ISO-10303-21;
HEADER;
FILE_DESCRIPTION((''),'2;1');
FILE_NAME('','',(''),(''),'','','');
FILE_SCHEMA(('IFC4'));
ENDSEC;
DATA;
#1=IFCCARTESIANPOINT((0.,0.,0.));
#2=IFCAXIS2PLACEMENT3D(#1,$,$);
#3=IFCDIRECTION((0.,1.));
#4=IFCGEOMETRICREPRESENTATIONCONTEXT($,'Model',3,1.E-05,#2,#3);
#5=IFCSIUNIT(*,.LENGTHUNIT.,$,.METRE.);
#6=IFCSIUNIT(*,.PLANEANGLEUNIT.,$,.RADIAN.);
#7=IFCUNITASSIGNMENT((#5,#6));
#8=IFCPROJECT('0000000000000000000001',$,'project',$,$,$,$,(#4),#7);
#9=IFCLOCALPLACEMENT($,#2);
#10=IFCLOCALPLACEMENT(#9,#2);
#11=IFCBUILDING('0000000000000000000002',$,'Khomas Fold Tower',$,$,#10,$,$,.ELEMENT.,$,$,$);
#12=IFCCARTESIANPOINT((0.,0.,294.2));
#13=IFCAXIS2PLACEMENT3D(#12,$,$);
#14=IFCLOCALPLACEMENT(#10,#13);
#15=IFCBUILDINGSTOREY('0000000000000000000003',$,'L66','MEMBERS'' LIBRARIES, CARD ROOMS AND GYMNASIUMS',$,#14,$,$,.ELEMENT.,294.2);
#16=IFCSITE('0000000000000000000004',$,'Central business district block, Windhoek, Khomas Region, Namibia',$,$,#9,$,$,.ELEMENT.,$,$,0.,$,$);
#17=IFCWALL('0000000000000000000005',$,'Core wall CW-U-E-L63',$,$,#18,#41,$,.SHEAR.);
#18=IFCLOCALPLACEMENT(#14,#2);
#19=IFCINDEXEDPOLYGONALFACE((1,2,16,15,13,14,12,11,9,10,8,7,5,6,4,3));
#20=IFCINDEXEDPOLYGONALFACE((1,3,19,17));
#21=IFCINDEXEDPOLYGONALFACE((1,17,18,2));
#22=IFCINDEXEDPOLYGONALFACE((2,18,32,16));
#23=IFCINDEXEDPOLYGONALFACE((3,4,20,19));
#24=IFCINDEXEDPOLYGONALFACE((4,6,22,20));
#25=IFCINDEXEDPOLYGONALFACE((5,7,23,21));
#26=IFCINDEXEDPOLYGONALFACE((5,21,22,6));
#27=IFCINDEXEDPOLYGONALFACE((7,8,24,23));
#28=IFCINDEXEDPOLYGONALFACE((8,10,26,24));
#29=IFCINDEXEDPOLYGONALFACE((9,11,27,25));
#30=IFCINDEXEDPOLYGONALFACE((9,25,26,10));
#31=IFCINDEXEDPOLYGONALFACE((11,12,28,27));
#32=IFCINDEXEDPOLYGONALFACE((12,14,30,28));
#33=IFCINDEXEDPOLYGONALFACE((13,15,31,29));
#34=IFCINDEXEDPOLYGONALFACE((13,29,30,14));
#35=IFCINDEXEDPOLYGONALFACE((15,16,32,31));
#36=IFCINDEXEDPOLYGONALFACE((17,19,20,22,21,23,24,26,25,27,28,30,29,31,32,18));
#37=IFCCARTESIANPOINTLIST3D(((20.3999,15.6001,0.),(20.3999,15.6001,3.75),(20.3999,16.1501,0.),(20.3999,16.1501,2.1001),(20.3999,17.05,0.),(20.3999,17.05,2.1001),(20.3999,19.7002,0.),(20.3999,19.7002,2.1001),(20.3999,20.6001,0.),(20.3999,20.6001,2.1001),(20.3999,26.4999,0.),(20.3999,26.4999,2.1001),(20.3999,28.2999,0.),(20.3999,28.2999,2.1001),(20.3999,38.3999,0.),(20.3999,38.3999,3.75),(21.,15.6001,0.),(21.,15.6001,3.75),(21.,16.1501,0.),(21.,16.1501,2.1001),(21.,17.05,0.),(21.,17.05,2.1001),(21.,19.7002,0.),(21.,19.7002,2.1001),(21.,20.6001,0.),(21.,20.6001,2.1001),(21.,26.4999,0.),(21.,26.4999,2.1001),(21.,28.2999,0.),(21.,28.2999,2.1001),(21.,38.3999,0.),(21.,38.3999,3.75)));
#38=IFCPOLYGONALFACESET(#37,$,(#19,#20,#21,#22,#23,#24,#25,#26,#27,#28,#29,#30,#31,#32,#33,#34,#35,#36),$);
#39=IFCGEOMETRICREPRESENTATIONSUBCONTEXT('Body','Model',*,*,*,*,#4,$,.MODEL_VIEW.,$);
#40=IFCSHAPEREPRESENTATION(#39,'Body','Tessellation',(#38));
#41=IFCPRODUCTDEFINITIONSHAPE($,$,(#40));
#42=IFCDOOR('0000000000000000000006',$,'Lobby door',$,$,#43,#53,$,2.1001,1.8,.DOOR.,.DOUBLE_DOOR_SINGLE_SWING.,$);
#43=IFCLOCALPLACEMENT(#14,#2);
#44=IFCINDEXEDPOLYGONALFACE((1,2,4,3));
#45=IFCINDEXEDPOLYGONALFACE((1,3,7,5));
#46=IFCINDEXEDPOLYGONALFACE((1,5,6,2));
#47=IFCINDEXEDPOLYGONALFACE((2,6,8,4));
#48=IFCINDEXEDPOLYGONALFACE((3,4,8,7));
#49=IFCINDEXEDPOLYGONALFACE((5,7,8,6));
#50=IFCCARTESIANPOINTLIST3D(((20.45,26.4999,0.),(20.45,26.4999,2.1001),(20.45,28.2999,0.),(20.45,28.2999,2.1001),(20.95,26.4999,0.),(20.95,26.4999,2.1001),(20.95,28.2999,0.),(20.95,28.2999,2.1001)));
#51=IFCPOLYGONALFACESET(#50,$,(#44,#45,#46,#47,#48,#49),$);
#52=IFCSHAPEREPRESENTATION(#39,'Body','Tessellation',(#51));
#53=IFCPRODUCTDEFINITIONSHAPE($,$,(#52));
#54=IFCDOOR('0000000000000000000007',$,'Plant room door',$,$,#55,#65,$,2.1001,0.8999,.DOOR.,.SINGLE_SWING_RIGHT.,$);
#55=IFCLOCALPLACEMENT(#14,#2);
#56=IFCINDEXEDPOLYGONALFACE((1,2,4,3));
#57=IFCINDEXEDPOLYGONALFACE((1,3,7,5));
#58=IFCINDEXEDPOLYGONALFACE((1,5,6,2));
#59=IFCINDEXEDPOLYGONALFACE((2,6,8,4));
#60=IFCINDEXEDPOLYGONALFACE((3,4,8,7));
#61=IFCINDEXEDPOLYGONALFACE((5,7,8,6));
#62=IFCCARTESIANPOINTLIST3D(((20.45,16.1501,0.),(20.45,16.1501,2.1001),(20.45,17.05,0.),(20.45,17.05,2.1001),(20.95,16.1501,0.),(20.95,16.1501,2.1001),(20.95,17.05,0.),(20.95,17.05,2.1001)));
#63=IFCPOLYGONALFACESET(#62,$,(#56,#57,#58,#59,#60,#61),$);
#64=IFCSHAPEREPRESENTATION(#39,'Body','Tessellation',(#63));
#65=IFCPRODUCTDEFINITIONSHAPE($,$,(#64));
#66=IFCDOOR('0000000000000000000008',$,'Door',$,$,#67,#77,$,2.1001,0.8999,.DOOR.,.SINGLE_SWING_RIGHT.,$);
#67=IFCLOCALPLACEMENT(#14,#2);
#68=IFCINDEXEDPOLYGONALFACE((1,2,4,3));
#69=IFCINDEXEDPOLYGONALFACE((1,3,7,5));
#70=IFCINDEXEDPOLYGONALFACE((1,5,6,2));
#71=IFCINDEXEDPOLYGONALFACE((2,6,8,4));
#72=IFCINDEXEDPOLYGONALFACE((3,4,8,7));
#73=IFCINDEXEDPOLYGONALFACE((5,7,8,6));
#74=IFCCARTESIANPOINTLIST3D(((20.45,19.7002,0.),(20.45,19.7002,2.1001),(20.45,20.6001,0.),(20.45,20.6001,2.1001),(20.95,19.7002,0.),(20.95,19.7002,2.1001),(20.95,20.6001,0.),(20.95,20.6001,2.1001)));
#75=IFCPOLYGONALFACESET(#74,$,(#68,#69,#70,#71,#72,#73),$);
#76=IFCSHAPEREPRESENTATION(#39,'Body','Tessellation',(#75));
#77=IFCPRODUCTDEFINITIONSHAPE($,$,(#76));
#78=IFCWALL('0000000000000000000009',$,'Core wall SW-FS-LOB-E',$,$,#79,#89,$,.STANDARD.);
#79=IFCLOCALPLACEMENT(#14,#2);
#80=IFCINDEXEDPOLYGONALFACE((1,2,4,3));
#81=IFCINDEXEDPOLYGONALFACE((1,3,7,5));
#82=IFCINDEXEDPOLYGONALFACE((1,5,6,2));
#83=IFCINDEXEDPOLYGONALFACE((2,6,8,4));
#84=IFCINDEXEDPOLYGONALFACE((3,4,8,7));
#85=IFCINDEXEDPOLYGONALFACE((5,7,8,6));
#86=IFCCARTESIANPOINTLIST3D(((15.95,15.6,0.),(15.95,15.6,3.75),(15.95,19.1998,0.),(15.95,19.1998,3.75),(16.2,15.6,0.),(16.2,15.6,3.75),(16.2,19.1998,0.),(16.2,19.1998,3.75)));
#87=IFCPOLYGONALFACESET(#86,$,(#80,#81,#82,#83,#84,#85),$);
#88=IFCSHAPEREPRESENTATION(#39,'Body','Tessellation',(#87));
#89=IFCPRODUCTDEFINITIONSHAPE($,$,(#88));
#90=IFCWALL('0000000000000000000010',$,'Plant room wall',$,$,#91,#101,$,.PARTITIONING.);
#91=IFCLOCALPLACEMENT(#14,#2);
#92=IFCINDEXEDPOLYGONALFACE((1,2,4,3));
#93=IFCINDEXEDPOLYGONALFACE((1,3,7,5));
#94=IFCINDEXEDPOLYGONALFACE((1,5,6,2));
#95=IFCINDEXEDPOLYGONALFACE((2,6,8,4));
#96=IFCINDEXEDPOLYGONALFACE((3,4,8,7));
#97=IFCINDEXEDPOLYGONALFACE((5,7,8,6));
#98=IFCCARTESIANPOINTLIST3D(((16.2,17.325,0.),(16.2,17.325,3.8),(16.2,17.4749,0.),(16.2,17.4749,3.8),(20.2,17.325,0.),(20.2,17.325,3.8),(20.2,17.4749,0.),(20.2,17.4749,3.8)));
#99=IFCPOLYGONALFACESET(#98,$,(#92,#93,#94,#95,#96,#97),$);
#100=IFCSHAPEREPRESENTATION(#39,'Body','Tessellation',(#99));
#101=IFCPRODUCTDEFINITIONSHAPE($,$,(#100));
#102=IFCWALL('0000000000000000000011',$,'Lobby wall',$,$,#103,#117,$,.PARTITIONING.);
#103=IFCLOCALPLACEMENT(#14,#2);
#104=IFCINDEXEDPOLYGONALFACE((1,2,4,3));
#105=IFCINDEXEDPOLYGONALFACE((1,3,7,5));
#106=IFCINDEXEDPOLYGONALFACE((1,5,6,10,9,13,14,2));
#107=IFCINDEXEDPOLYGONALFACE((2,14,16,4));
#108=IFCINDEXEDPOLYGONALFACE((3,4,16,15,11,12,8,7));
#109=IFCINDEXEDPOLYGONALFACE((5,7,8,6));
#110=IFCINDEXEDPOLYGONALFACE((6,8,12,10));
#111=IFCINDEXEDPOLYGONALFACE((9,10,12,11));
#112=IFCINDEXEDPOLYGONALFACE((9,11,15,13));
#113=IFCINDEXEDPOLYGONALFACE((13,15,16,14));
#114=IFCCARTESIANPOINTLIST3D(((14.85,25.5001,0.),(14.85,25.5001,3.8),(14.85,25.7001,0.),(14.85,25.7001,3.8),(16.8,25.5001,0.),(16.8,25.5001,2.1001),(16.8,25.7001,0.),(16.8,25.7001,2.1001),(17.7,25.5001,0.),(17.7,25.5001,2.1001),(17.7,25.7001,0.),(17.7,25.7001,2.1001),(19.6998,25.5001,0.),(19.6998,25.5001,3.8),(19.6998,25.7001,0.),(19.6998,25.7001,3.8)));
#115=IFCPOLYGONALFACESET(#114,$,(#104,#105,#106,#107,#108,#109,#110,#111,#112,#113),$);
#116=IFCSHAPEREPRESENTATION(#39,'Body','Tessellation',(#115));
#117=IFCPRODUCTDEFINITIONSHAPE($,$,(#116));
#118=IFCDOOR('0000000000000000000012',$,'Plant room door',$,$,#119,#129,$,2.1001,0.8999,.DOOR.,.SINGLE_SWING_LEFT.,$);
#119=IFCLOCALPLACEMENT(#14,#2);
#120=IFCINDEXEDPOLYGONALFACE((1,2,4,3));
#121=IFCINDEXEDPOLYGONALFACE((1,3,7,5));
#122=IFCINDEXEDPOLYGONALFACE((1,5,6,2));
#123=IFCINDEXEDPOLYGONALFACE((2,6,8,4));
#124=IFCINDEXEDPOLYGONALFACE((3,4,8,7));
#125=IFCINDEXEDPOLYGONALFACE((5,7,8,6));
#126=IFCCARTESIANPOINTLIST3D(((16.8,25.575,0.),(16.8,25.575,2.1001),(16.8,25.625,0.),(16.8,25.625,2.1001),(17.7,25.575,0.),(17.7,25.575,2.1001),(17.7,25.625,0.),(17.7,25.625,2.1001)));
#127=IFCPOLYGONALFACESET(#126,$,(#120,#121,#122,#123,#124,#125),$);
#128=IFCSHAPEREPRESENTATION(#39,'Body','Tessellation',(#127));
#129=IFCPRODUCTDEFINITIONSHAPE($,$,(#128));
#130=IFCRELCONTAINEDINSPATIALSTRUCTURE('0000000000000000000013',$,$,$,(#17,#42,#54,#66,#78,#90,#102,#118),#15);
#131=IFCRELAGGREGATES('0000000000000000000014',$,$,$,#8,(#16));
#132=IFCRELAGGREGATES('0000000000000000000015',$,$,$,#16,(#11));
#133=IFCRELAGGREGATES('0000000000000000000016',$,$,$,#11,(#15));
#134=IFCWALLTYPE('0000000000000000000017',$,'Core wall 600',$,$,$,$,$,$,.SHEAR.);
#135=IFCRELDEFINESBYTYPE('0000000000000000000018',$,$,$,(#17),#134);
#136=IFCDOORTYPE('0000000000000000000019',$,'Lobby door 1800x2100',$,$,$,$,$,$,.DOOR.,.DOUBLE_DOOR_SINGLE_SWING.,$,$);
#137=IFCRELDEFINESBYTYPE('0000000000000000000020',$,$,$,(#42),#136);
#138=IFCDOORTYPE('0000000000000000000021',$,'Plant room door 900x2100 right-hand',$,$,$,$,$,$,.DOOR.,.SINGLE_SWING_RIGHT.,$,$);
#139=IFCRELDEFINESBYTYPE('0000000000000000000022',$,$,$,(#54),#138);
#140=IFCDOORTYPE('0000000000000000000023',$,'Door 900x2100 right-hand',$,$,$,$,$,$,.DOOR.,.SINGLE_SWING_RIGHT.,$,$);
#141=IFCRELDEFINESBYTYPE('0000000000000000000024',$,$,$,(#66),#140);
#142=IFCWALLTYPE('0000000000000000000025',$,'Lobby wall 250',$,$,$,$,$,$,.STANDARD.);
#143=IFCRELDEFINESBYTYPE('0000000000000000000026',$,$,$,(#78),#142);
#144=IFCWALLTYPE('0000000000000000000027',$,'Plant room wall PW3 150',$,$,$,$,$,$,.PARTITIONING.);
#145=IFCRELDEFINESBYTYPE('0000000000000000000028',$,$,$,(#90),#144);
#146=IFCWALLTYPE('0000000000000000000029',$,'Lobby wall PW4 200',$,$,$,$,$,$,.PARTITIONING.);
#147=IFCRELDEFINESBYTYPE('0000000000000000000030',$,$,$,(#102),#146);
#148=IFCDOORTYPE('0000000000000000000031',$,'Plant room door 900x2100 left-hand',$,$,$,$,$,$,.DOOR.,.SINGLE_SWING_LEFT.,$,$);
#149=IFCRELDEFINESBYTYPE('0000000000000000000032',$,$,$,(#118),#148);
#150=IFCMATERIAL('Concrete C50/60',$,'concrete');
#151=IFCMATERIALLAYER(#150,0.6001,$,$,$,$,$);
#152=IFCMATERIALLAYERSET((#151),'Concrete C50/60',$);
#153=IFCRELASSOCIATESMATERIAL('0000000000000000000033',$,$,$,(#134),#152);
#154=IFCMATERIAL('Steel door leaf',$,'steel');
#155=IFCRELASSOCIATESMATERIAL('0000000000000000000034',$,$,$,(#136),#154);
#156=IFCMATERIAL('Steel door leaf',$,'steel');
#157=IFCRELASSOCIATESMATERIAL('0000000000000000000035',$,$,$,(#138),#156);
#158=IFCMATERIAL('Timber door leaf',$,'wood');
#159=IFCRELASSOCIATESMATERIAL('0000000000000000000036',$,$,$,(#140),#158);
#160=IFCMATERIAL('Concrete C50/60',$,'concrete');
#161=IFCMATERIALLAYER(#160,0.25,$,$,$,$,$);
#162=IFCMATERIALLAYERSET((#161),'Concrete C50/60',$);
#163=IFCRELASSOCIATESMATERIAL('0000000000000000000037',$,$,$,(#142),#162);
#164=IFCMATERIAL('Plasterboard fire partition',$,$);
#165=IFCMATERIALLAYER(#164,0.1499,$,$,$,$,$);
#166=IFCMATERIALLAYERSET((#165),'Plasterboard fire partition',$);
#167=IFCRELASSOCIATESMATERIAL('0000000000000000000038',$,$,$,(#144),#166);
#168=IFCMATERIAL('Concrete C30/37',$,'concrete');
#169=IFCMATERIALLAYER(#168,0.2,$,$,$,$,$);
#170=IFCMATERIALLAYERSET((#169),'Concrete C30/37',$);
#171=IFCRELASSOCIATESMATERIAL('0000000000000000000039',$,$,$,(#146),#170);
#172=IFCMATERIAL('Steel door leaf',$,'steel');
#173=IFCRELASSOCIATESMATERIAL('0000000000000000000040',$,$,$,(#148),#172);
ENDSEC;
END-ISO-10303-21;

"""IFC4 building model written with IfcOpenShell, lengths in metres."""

from ifc_helpers import new_model, si_unit, direction, frame, frame_2d, origin, place, context, subcontext, project, spatial, rectangle, extrude, source, transform, mapped, material, layer, layer_set, type_object, element, fill, save


model = new_model("IFC4")

# Units and contexts
model_context = context("Model", 3, precision=1e-05, world=origin(), true_north=direction((0.0, 1.0)))
body_context = subcontext(model_context, "Body", "Model", "MODEL_VIEW")
ifc_project = project(units=[si_unit("LENGTHUNIT", "METRE"), si_unit("PLANEANGLEUNIT", "RADIAN")], contexts=[model_context])

# Site, building, storey
site_placement = place(None, origin())
site = spatial("IfcSite", under=ifc_project, at=site_placement, Name="Central business district block, Windhoek, Khomas Region, Namibia", CompositionType="ELEMENT", RefElevation=0.0)
building_placement = place(site_placement, origin())
building = spatial("IfcBuilding", under=site, at=building_placement, Name="Khomas Fold Tower", CompositionType="ELEMENT")
storey_placement = place(building_placement, frame((0.0, 0.0, 294.2)))
storey = spatial("IfcBuildingStorey", under=building, at=storey_placement, Name="L66", Description="MEMBERS' LIBRARIES, CARD ROOMS AND GYMNASIUMS", CompositionType="ELEMENT", Elevation=294.2)

# Wall, openings, doors
ifc_material_1 = material(Name="Concrete C50/60", Category="concrete")
ifc_layer_1 = layer(ifc_material_1, 0.6001)
ifc_layer_set_1 = layer_set([ifc_layer_1], Name="Concrete C50/60")
wall_type_1 = type_object("IfcWallType", Name="Core wall 600", PredefinedType="SHEAR", material=ifc_layer_set_1)
shared_shape_1 = source(origin(), body_context, "Body", "SweptSolid", [
    extrude(rectangle(XDim=22.7998, YDim=0.6001, at=frame_2d((11.3999, 0.0))), origin(), (0.0, 0.0, 1.0), 3.75),
])
wall_1_placement = place(storey_placement, frame((20.7, 15.6001, 0.0), z_axis=(0.0, 0.0, 1.0), x_axis=(0.0, 1.0, 0.0)))
wall_1 = element("IfcWall", 1, at=wall_1_placement, inside=storey, type_object=wall_type_1, Name="Core wall CW-U-E-L63", PredefinedType="SHEAR", context=body_context, shape_type="MappedRepresentation", body=[
    mapped(shared_shape_1, transform((0.0, 0.0, 0.0))),
])
shared_shape_2 = source(origin(), body_context, "Body", "SweptSolid", [
    extrude(rectangle(XDim=1.8, YDim=2.1001, at=frame_2d((0.8999, 1.05))), frame((0.0, 0.3101, 0.0), z_axis=(0.0, -1.0, 0.0), x_axis=(1.0, 0.0, 0.0)), (0.0, 0.0, 1.0), 0.6201),
])
opening_1_placement = place(wall_1_placement, frame((10.8999, 0.0, 0.0)))
opening_1 = element("IfcOpeningElement", 2, at=opening_1_placement, cuts=wall_1, PredefinedType="OPENING", context=body_context, shape_type="MappedRepresentation", body=[
    mapped(shared_shape_2, transform((0.0, 0.0, 0.0))),
])
shared_shape_3 = source(origin(), body_context, "Body", "SweptSolid", [
    extrude(rectangle(XDim=0.8999, YDim=2.1001, at=frame_2d((0.45, 1.05))), frame((0.0, 0.3101, 0.0), z_axis=(0.0, -1.0, 0.0), x_axis=(1.0, 0.0, 0.0)), (0.0, 0.0, 1.0), 0.6201),
])
opening_2_placement = place(wall_1_placement, frame((0.55, 0.0, 0.0)))
opening_2 = element("IfcOpeningElement", 3, at=opening_2_placement, cuts=wall_1, PredefinedType="OPENING", context=body_context, shape_type="MappedRepresentation", body=[
    mapped(shared_shape_3, transform((0.0, 0.0, 0.0))),
])
opening_3_placement = place(wall_1_placement, frame((4.1001, 0.0, 0.0)))
opening_3 = element("IfcOpeningElement", 4, at=opening_3_placement, cuts=wall_1, PredefinedType="OPENING", context=body_context, shape_type="MappedRepresentation", body=[
    mapped(shared_shape_3, transform((0.0, 0.0, 0.0))),
])
ifc_material_2 = material(Name="Steel door leaf", Category="steel")
door_type_1 = type_object("IfcDoorType", Name="Lobby door 1800x2100", OperationType="DOUBLE_DOOR_SINGLE_SWING", PredefinedType="DOOR", material=ifc_material_2)
shared_shape_4 = source(origin(), body_context, "Body", "SweptSolid", [
    extrude(rectangle(XDim=1.8, YDim=2.1001, at=frame_2d((0.8999, 1.05))), frame((0.0, 0.25, 0.0), z_axis=(0.0, -1.0, 0.0), x_axis=(1.0, 0.0, 0.0)), (0.0, 0.0, 1.0), 0.5),
])
door_1_placement = place(opening_1_placement, origin())
door_1 = element("IfcDoor", 5, at=door_1_placement, inside=storey, type_object=door_type_1, Name="Lobby door", OperationType="DOUBLE_DOOR_SINGLE_SWING", OverallHeight=2.1001, OverallWidth=1.8, PredefinedType="DOOR", context=body_context, shape_type="MappedRepresentation", body=[
    mapped(shared_shape_4, transform((0.0, 0.0, 0.0))),
])
fill(opening_1, door_1)
ifc_material_3 = material(Name="Steel door leaf", Category="steel")
door_type_2 = type_object("IfcDoorType", Name="Plant room door 900x2100 right-hand", OperationType="SINGLE_SWING_RIGHT", PredefinedType="DOOR", material=ifc_material_3)
shared_shape_5 = source(origin(), body_context, "Body", "SweptSolid", [
    extrude(rectangle(XDim=0.8999, YDim=2.1001, at=frame_2d((0.45, 1.05))), frame((0.0, 0.25, 0.0), z_axis=(0.0, -1.0, 0.0), x_axis=(1.0, 0.0, 0.0)), (0.0, 0.0, 1.0), 0.5),
])
door_2_placement = place(opening_2_placement, origin())
door_2 = element("IfcDoor", 6, at=door_2_placement, inside=storey, type_object=door_type_2, Name="Plant room door", OperationType="SINGLE_SWING_RIGHT", OverallHeight=2.1001, OverallWidth=0.8999, PredefinedType="DOOR", context=body_context, shape_type="MappedRepresentation", body=[
    mapped(shared_shape_5, transform((0.0, 0.0, 0.0))),
])
fill(opening_2, door_2)
ifc_material_4 = material(Name="Timber door leaf", Category="wood")
door_type_3 = type_object("IfcDoorType", Name="Door 900x2100 right-hand", OperationType="SINGLE_SWING_RIGHT", PredefinedType="DOOR", material=ifc_material_4)
door_3_placement = place(opening_3_placement, origin())
door_3 = element("IfcDoor", 7, at=door_3_placement, inside=storey, type_object=door_type_3, Name="Door", OperationType="SINGLE_SWING_RIGHT", OverallHeight=2.1001, OverallWidth=0.8999, PredefinedType="DOOR", context=body_context, shape_type="MappedRepresentation", body=[
    mapped(shared_shape_5, transform((0.0, 0.0, 0.0))),
])
fill(opening_3, door_3)

# Walls
ifc_material_5 = material(Name="Concrete C50/60", Category="concrete")
ifc_layer_2 = layer(ifc_material_5, 0.25)
ifc_layer_set_2 = layer_set([ifc_layer_2], Name="Concrete C50/60")
wall_type_2 = type_object("IfcWallType", Name="Lobby wall 250", PredefinedType="STANDARD", material=ifc_layer_set_2)
shared_shape_6 = source(origin(), body_context, "Body", "SweptSolid", [
    extrude(rectangle(XDim=3.5999, YDim=0.25, at=frame_2d((1.7998, 0.0))), origin(), (0.0, 0.0, 1.0), 3.75),
])
wall_2_placement = place(storey_placement, frame((16.075, 15.6001, 0.0), z_axis=(0.0, 0.0, 1.0), x_axis=(0.0, 1.0, 0.0)))
element("IfcWall", 8, at=wall_2_placement, inside=storey, type_object=wall_type_2, Name="Core wall SW-FS-LOB-E", PredefinedType="STANDARD", context=body_context, shape_type="MappedRepresentation", body=[
    mapped(shared_shape_6, transform((0.0, 0.0, 0.0))),
])
ifc_material_6 = material(Name="Plasterboard fire partition")
ifc_layer_3 = layer(ifc_material_6, 0.1499)
ifc_layer_set_3 = layer_set([ifc_layer_3], Name="Plasterboard fire partition")
wall_type_3 = type_object("IfcWallType", Name="Plant room wall PW3 150", PredefinedType="PARTITIONING", material=ifc_layer_set_3)
shared_shape_7 = source(origin(), body_context, "Body", "SweptSolid", [
    extrude(rectangle(XDim=4.0, YDim=0.1499, at=frame_2d((2.0, 0.0))), origin(), (0.0, 0.0, 1.0), 3.8),
])
wall_3_placement = place(storey_placement, frame((16.2, 17.3999, 0.0), z_axis=(0.0, 0.0, 1.0), x_axis=(1.0, 0.0, 0.0)))
element("IfcWall", 9, at=wall_3_placement, inside=storey, type_object=wall_type_3, Name="Plant room wall", PredefinedType="PARTITIONING", context=body_context, shape_type="MappedRepresentation", body=[
    mapped(shared_shape_7, transform((0.0, 0.0, 0.0))),
])

# Wall, opening, door
ifc_material_7 = material(Name="Concrete C30/37", Category="concrete")
ifc_layer_4 = layer(ifc_material_7, 0.2)
ifc_layer_set_4 = layer_set([ifc_layer_4], Name="Concrete C30/37")
wall_type_4 = type_object("IfcWallType", Name="Lobby wall PW4 200", PredefinedType="PARTITIONING", material=ifc_layer_set_4)
shared_shape_8 = source(origin(), body_context, "Body", "SweptSolid", [
    extrude(rectangle(XDim=4.8499, YDim=0.2, at=frame_2d((2.4248, 0.0))), origin(), (0.0, 0.0, 1.0), 3.8),
])
wall_4_placement = place(storey_placement, frame((14.8501, 25.6001, 0.0), z_axis=(0.0, 0.0, 1.0), x_axis=(1.0, 0.0, 0.0)))
wall_4 = element("IfcWall", 10, at=wall_4_placement, inside=storey, type_object=wall_type_4, Name="Lobby wall", PredefinedType="PARTITIONING", context=body_context, shape_type="MappedRepresentation", body=[
    mapped(shared_shape_8, transform((0.0, 0.0, 0.0))),
])
shared_shape_9 = source(origin(), body_context, "Body", "SweptSolid", [
    extrude(rectangle(XDim=0.8999, YDim=2.1001, at=frame_2d((0.45, 1.05))), frame((0.0, 0.1099, 0.0), z_axis=(0.0, -1.0, 0.0), x_axis=(1.0, 0.0, 0.0)), (0.0, 0.0, 1.0), 0.22),
])
opening_4_placement = place(wall_4_placement, frame((1.95, 0.0, 0.0)))
opening_4 = element("IfcOpeningElement", 11, at=opening_4_placement, cuts=wall_4, PredefinedType="OPENING", context=body_context, shape_type="MappedRepresentation", body=[
    mapped(shared_shape_9, transform((0.0, 0.0, 0.0))),
])
ifc_material_8 = material(Name="Steel door leaf", Category="steel")
door_type_4 = type_object("IfcDoorType", Name="Plant room door 900x2100 left-hand", OperationType="SINGLE_SWING_LEFT", PredefinedType="DOOR", material=ifc_material_8)
shared_shape_10 = source(origin(), body_context, "Body", "SweptSolid", [
    extrude(rectangle(XDim=0.8999, YDim=2.1001, at=frame_2d((0.45, 1.05))), frame((0.0, 0.0249, 0.0), z_axis=(0.0, -1.0, 0.0), x_axis=(1.0, 0.0, 0.0)), (0.0, 0.0, 1.0), 0.05),
])
door_4_placement = place(opening_4_placement, origin())
door_4 = element("IfcDoor", 12, at=door_4_placement, inside=storey, type_object=door_type_4, Name="Plant room door", OperationType="SINGLE_SWING_LEFT", OverallHeight=2.1001, OverallWidth=0.8999, PredefinedType="DOOR", context=body_context, shape_type="MappedRepresentation", body=[
    mapped(shared_shape_10, transform((0.0, 0.0, 0.0))),
])
fill(opening_4, door_4)

save(model, "model.ifc")
